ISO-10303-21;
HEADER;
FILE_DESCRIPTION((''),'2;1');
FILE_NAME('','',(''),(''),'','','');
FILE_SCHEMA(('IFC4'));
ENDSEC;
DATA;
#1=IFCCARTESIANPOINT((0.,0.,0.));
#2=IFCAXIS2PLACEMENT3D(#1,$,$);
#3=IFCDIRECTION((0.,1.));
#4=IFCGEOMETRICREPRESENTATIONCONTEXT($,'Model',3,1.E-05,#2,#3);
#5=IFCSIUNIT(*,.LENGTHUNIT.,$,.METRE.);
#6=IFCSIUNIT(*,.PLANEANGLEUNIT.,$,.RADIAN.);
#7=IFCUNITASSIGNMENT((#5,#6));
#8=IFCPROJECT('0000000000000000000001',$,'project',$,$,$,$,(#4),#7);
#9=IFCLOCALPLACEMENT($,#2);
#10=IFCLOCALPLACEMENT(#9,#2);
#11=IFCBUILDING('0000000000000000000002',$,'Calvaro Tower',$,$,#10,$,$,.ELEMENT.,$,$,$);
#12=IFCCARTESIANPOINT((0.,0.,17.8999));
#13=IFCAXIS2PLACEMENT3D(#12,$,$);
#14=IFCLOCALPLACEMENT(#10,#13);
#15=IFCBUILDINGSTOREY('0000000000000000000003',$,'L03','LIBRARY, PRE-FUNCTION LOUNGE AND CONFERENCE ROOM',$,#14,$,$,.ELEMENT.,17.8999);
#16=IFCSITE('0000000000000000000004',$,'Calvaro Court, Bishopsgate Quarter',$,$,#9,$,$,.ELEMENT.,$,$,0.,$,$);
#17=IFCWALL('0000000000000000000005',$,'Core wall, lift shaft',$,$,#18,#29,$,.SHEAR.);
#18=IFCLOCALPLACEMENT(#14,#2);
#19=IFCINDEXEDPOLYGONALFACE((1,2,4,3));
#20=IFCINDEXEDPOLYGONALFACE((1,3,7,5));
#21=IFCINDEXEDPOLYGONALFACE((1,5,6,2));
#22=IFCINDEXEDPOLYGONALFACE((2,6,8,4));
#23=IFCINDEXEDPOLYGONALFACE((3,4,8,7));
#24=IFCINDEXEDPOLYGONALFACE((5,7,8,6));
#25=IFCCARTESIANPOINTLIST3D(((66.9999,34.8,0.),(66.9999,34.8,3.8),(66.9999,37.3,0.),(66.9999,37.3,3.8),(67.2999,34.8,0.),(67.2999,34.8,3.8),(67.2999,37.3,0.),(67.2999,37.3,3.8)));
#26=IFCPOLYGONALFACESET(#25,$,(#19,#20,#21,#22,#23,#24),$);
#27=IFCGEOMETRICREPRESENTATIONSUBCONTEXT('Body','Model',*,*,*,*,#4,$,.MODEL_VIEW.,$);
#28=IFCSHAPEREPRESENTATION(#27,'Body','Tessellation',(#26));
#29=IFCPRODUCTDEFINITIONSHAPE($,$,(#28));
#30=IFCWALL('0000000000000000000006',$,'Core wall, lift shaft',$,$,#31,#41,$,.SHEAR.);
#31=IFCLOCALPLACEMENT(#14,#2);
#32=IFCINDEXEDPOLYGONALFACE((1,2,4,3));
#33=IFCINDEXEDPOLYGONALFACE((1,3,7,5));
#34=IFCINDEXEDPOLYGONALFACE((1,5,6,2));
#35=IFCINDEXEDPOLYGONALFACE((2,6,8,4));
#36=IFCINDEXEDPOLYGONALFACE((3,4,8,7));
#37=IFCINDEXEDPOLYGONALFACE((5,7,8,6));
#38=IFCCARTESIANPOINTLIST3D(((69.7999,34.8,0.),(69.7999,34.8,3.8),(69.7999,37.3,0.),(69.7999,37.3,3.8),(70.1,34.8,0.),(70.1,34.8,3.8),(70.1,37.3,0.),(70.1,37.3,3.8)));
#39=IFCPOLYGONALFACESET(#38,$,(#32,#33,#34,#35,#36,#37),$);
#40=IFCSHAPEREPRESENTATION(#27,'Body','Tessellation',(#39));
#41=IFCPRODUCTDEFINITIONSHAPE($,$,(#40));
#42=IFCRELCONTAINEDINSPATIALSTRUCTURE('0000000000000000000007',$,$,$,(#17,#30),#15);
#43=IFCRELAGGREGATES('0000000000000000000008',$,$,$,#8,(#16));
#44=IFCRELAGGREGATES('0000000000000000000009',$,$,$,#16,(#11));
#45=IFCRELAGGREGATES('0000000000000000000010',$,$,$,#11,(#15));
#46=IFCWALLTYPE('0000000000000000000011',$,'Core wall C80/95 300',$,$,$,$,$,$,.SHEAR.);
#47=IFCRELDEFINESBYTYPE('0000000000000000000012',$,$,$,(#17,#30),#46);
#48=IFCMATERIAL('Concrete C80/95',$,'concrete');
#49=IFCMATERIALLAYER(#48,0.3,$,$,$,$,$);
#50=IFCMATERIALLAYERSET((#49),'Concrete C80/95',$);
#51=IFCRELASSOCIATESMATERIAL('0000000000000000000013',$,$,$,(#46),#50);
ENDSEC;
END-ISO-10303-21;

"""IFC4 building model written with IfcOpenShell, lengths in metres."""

from ifc_helpers import new_model, si_unit, direction, frame, frame_2d, origin, place, context, subcontext, project, spatial, rectangle, extrude, material, layer, layer_set, type_object, element, save


model = new_model("IFC4")

# Units and contexts
model_context = context("Model", 3, precision=1e-05, world=origin(), true_north=direction((0.0, 1.0)))
body_context = subcontext(model_context, "Body", "Model", "MODEL_VIEW")
ifc_project = project(units=[si_unit("LENGTHUNIT", "METRE"), si_unit("PLANEANGLEUNIT", "RADIAN")], contexts=[model_context])

# Site, building, storey
site_placement = place(None, origin())
site = spatial("IfcSite", under=ifc_project, at=site_placement, Name="Calvaro Court, Bishopsgate Quarter", CompositionType="ELEMENT", RefElevation=0.0)
building_placement = place(site_placement, origin())
building = spatial("IfcBuilding", under=site, at=building_placement, Name="Calvaro Tower", CompositionType="ELEMENT")
storey_placement = place(building_placement, frame((0.0, 0.0, 17.8999)))
storey = spatial("IfcBuildingStorey", under=building, at=storey_placement, Name="L03", Description="LIBRARY, PRE-FUNCTION LOUNGE AND CONFERENCE ROOM", CompositionType="ELEMENT", Elevation=17.8999)

# Shared definitions
ifc_material_1 = material(Name="Concrete C80/95", Category="concrete")
ifc_layer_1 = layer(ifc_material_1, 0.3)
ifc_layer_set_1 = layer_set([ifc_layer_1], Name="Concrete C80/95")
wall_type_1 = type_object("IfcWallType", Name="Core wall C80/95 300", PredefinedType="SHEAR", material=ifc_layer_set_1)

# Walls
for number, where, z_axis, x_axis, name in (
    (1, (67.1499, 34.8, 0.0), (0.0, 0.0, 1.0), (0.0, 1.0, 0.0), "Core wall, lift shaft"),
    (2, (69.95, 34.8, 0.0), (0.0, 0.0, 1.0), (0.0, 1.0, 0.0), "Core wall, lift shaft"),
):
    element("IfcWall", number, at=place(storey_placement, frame(where, z_axis=z_axis, x_axis=x_axis)), inside=storey, type_object=wall_type_1, Name=name, PredefinedType="SHEAR", context=body_context, shape_type="SweptSolid", body=[
        extrude(rectangle(XDim=2.5, YDim=0.3, at=frame_2d((1.25, 0.0))), origin(), (0.0, 0.0, 1.0), 3.8),
    ])

save(model, "model.ifc")
